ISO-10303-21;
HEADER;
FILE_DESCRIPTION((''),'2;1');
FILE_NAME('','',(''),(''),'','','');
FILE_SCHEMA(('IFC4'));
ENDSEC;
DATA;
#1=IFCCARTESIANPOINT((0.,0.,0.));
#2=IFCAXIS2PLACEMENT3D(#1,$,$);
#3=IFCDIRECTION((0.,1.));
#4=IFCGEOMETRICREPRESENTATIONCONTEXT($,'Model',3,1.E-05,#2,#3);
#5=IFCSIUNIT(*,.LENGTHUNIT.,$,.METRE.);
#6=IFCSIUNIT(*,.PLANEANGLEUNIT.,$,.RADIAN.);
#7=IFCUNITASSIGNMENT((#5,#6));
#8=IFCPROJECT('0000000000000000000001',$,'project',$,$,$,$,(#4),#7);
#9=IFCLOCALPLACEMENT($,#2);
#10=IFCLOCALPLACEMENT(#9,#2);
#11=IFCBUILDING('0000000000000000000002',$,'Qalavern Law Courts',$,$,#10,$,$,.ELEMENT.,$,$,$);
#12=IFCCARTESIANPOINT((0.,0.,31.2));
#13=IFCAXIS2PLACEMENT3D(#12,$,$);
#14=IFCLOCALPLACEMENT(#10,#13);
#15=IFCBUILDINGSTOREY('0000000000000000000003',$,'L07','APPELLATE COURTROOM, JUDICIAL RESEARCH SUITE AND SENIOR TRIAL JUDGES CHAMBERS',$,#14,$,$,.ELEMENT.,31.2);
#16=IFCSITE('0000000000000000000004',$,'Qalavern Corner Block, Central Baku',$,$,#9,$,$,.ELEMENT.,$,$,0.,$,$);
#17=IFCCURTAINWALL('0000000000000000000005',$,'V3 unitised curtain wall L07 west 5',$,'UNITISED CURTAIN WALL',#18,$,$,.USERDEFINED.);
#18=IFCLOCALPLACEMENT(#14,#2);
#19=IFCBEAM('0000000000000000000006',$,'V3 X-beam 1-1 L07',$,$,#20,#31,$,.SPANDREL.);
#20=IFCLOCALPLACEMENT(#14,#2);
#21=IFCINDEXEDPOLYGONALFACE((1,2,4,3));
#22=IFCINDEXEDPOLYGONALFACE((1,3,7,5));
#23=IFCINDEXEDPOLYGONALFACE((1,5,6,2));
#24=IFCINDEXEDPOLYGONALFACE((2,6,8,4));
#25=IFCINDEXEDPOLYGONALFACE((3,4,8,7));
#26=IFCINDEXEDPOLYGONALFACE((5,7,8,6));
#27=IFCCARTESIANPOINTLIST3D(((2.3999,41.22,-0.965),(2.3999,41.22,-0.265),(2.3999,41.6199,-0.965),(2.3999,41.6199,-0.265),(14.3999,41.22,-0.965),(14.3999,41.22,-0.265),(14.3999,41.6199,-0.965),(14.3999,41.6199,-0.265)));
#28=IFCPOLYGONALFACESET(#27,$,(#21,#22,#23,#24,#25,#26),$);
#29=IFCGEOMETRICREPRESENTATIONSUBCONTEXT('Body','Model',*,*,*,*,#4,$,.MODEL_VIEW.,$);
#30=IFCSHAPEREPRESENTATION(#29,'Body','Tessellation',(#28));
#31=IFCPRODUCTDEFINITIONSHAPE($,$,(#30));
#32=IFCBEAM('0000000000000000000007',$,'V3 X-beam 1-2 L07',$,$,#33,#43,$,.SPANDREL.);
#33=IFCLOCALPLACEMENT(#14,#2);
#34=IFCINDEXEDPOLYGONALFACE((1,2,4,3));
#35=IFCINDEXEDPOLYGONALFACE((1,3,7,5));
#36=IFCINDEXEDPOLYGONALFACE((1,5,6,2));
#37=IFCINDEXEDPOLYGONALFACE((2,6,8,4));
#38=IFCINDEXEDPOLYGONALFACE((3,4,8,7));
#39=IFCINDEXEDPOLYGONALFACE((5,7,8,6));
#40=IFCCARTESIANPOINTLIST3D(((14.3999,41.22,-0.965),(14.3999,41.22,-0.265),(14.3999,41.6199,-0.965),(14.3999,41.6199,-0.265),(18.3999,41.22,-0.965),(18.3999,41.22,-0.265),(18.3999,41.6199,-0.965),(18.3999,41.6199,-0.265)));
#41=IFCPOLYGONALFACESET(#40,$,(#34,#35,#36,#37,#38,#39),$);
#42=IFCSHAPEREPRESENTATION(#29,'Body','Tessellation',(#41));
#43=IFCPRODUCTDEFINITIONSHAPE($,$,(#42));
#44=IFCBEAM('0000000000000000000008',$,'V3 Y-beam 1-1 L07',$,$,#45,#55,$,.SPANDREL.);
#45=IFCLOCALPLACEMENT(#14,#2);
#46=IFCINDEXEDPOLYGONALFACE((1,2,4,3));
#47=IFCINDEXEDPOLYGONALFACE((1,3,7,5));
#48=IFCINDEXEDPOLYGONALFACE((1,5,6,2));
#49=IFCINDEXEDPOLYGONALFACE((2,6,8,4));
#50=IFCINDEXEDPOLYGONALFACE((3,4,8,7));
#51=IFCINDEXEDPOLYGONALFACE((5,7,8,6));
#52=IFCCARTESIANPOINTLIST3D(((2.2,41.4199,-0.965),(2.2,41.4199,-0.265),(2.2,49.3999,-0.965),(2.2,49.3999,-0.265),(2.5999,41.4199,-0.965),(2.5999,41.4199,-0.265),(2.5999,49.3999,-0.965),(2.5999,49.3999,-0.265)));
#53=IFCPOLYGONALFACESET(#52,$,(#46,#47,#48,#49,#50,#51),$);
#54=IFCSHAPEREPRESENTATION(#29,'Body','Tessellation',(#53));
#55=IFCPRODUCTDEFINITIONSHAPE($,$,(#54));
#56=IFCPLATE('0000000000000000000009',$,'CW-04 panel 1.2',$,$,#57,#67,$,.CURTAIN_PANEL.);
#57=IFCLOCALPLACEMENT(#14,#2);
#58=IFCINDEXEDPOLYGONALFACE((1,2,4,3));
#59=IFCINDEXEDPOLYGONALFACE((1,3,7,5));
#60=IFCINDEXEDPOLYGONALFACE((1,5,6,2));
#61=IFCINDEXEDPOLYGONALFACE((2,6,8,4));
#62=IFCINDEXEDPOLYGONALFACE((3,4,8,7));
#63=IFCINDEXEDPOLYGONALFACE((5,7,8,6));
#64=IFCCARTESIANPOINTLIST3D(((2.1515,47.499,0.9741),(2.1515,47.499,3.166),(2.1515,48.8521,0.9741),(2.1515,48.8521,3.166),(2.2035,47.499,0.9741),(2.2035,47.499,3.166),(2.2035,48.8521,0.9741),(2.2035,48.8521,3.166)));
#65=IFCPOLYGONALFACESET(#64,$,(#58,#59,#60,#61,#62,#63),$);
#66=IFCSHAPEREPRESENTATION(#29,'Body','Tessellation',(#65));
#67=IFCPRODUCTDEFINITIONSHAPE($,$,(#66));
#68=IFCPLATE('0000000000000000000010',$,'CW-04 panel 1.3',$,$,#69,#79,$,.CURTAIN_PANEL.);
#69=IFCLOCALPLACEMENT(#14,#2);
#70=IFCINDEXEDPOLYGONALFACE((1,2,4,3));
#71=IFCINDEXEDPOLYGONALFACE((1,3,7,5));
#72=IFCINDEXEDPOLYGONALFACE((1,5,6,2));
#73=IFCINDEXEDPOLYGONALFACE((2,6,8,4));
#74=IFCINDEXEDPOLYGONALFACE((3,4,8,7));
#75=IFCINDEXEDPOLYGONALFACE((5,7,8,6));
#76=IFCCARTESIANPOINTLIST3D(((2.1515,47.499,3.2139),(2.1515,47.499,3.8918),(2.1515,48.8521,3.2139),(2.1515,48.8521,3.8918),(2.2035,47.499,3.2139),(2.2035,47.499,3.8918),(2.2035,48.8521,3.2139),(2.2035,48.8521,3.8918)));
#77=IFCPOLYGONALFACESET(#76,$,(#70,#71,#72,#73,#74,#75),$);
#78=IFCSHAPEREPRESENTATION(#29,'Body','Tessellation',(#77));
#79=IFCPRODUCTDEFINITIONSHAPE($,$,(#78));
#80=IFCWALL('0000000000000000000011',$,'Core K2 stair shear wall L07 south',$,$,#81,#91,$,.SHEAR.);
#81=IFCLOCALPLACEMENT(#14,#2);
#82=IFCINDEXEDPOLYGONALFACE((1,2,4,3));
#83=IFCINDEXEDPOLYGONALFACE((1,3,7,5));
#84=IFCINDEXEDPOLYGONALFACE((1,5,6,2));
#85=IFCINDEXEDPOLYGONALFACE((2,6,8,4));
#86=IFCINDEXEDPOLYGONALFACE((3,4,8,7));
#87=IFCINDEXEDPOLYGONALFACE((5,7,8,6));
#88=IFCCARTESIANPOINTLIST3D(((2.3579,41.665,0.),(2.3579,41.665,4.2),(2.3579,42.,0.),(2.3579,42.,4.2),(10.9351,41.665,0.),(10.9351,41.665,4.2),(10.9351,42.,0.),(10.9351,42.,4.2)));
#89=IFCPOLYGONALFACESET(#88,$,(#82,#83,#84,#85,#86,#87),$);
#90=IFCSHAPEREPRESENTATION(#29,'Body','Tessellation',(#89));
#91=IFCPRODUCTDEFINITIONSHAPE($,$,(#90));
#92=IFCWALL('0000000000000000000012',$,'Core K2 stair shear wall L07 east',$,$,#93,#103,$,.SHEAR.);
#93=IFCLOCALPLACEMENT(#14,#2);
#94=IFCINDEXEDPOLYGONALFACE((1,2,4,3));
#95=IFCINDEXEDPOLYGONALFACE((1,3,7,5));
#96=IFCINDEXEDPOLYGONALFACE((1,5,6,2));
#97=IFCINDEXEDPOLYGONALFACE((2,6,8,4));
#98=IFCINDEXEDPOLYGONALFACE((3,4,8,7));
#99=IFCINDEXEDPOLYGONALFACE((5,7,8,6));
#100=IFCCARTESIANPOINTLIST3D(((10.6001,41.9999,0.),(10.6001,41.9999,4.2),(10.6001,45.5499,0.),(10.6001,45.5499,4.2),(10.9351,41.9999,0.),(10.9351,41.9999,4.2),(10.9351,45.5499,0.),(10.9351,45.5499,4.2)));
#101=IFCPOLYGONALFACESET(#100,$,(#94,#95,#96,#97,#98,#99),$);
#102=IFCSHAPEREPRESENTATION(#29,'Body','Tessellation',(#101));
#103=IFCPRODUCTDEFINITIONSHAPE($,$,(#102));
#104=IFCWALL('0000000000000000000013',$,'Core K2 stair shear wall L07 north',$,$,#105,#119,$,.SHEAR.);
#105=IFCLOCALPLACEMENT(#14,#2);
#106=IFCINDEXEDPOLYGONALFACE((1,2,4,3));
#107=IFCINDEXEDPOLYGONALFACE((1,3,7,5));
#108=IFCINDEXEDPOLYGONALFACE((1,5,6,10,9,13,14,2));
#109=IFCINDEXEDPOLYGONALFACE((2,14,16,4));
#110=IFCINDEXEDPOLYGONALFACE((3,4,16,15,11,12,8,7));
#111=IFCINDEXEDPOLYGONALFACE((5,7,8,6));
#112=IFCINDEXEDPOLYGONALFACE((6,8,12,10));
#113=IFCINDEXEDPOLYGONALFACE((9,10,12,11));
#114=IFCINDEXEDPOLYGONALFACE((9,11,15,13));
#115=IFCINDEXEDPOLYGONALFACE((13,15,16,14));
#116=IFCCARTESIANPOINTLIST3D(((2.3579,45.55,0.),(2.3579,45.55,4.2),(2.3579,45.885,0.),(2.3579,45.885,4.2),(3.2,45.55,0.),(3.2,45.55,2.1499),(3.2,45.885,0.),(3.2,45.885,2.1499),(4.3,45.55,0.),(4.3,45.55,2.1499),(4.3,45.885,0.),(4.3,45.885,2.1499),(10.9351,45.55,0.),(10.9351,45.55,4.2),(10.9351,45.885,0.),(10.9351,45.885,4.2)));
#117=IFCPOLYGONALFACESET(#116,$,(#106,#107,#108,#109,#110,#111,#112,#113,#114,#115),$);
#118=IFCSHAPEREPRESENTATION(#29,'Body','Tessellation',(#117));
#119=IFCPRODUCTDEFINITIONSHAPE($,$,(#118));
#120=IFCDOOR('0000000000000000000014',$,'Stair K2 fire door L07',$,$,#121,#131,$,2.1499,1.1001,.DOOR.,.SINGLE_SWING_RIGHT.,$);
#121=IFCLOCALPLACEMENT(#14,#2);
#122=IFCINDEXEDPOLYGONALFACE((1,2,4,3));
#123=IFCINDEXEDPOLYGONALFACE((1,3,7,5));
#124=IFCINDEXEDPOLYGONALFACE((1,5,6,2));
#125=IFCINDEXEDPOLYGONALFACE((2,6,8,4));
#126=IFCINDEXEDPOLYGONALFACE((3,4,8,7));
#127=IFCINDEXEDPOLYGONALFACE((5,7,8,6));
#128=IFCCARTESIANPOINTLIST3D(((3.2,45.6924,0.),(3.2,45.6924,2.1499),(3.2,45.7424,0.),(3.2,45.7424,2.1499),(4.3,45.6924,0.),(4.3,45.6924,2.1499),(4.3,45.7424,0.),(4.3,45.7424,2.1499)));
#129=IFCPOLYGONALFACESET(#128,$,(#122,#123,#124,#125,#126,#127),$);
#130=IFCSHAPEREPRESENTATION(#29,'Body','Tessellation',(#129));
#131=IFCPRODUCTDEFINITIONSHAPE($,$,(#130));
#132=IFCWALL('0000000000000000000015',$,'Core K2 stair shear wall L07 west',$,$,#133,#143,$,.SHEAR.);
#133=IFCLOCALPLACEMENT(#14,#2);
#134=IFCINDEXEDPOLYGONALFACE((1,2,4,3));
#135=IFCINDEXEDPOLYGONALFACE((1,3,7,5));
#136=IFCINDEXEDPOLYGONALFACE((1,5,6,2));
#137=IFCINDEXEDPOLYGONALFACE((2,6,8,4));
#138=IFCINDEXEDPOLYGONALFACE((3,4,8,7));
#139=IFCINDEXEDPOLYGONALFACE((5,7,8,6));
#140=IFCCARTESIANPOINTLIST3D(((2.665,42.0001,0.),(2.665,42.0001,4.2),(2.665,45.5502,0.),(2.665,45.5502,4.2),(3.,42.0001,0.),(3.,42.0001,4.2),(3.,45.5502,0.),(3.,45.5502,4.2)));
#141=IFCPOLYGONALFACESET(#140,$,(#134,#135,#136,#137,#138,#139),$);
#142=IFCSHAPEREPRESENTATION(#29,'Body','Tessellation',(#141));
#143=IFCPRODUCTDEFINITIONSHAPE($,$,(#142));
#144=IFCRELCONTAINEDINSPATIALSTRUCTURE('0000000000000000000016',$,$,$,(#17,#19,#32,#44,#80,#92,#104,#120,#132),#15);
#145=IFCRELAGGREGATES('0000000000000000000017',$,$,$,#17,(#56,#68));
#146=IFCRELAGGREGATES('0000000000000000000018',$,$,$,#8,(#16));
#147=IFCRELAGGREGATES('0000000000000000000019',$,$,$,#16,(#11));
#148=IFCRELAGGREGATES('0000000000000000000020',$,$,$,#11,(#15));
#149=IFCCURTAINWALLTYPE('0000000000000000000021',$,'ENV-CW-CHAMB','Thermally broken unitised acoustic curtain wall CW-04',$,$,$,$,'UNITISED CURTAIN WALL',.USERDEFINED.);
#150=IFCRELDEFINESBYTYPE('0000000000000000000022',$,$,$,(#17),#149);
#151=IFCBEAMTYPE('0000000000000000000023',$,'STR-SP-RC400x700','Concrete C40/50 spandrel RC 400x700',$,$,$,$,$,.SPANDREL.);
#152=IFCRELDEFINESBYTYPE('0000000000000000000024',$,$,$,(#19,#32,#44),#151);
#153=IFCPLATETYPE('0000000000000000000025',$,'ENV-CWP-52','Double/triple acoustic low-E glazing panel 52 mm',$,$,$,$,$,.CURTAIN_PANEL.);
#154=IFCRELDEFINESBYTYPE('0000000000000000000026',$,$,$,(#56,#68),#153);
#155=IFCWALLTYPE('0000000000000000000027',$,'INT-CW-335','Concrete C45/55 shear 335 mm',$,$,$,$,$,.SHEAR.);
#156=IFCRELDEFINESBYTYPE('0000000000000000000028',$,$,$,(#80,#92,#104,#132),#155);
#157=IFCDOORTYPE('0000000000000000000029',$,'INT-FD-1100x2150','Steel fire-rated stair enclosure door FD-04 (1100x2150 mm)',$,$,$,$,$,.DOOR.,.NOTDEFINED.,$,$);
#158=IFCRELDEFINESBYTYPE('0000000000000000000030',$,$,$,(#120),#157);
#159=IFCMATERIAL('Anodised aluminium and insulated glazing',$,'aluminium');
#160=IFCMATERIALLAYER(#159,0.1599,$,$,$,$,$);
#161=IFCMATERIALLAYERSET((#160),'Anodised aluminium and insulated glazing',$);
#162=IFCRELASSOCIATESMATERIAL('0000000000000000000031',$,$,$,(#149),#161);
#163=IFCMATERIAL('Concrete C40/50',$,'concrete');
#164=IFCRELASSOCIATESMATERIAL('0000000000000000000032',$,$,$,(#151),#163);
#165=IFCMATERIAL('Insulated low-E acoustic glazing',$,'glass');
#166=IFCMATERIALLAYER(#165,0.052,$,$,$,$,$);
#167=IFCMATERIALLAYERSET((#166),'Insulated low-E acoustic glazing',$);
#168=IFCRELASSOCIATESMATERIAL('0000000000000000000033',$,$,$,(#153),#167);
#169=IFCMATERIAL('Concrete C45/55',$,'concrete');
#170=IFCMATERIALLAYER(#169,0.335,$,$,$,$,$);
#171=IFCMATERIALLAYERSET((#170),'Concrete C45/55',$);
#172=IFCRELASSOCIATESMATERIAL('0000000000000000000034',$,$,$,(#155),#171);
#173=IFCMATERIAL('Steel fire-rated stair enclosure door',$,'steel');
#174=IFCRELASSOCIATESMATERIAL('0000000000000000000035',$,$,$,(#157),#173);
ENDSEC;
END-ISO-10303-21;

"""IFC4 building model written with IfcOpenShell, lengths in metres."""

from ifc_helpers import new_model, si_unit, direction, frame, frame_2d, origin, origin_2d, place, context, subcontext, project, spatial, rectangle, extrude, material, layer, layer_set, material_profile, profile_set, type_object, element, fill, aggregate, save


model = new_model("IFC4")

# Units and contexts
model_context = context("Model", 3, precision=1e-05, world=origin(), true_north=direction((0.0, 1.0)))
body_context = subcontext(model_context, "Body", "Model", "MODEL_VIEW")
ifc_project = project(units=[si_unit("LENGTHUNIT", "METRE"), si_unit("PLANEANGLEUNIT", "RADIAN")], contexts=[model_context])

# Site, building, storey
site_placement = place(None, origin())
site = spatial("IfcSite", under=ifc_project, at=site_placement, Name="Qalavern Corner Block, Central Baku", CompositionType="ELEMENT", RefElevation=0.0)
building_placement = place(site_placement, origin())
building = spatial("IfcBuilding", under=site, at=building_placement, Name="Qalavern Law Courts", CompositionType="ELEMENT")
storey_placement = place(building_placement, frame((0.0, 0.0, 31.2)))
storey = spatial("IfcBuildingStorey", under=building, at=storey_placement, Name="L07", Description="APPELLATE COURTROOM, JUDICIAL RESEARCH SUITE AND SENIOR TRIAL JUDGES CHAMBERS", CompositionType="ELEMENT", Elevation=31.2)

# Shared definitions
ifc_material_1 = material(Name="Concrete C45/55", Category="concrete")

# Curtain wall
ifc_material_2 = material(Name="Anodised aluminium and insulated glazing", Category="aluminium")
ifc_layer_1 = layer(ifc_material_2, 0.1599)
ifc_layer_set_1 = layer_set([ifc_layer_1], Name="Anodised aluminium and insulated glazing")
curtain_wall_type = type_object("IfcCurtainWallType", Name="ENV-CW-CHAMB", Description="Thermally broken unitised acoustic curtain wall CW-04", ElementType="UNITISED CURTAIN WALL", PredefinedType="USERDEFINED", material=ifc_layer_set_1)
curtain_wall_placement = place(storey_placement, origin())
curtain_wall = element("IfcCurtainWall", 1, at=curtain_wall_placement, inside=storey, type_object=curtain_wall_type, Name="V3 unitised curtain wall L07 west 5", ObjectType="UNITISED CURTAIN WALL", PredefinedType="USERDEFINED")

# Beams
ifc_material_3 = material(Name="Concrete C40/50", Category="concrete")
ifc_material_profile_1 = material_profile(ifc_material_3, rectangle(XDim=0.3999, YDim=0.7, at=origin_2d()), Name="RC 400x700")
ifc_profile_set_1 = profile_set([ifc_material_profile_1], Name="Concrete C40/50")
beam_type_1 = type_object("IfcBeamType", Name="STR-SP-RC400x700", Description="Concrete C40/50 spandrel RC 400x700", PredefinedType="SPANDREL", material=ifc_profile_set_1)
beam_1_placement = place(storey_placement, frame((2.3999, 41.4199, -0.615), z_axis=(1.0, 0.0, 0.0), x_axis=(0.0, 1.0, 0.0)))
element("IfcBeam", 2, at=beam_1_placement, inside=storey, type_object=beam_type_1, Name="V3 X-beam 1-1 L07", PredefinedType="SPANDREL", context=body_context, shape_type="SweptSolid", body=[
    extrude(rectangle(XDim=0.3999, YDim=0.7, at=origin_2d()), origin(), (0.0, 0.0, 1.0), 12.0),
])
beam_2_placement = place(storey_placement, frame((14.3999, 41.4199, -0.615), z_axis=(1.0, 0.0, 0.0), x_axis=(0.0, 1.0, 0.0)))
element("IfcBeam", 3, at=beam_2_placement, inside=storey, type_object=beam_type_1, Name="V3 X-beam 1-2 L07", PredefinedType="SPANDREL", context=body_context, shape_type="SweptSolid", body=[
    extrude(rectangle(XDim=0.3999, YDim=0.7, at=origin_2d()), origin(), (0.0, 0.0, 1.0), 4.0),
])
beam_3_placement = place(storey_placement, frame((2.3999, 41.4199, -0.615), z_axis=(0.0, 1.0, 0.0), x_axis=(-1.0, 0.0, 0.0)))
element("IfcBeam", 4, at=beam_3_placement, inside=storey, type_object=beam_type_1, Name="V3 Y-beam 1-1 L07", PredefinedType="SPANDREL", context=body_context, shape_type="SweptSolid", body=[
    extrude(rectangle(XDim=0.3999, YDim=0.7, at=origin_2d()), origin(), (0.0, 0.0, 1.0), 7.98),
])

# Plates
ifc_material_4 = material(Name="Insulated low-E acoustic glazing", Category="glass")
ifc_layer_2 = layer(ifc_material_4, 0.052)
ifc_layer_set_2 = layer_set([ifc_layer_2], Name="Insulated low-E acoustic glazing")
plate_type = type_object("IfcPlateType", Name="ENV-CWP-52", Description="Double/triple acoustic low-E glazing panel 52 mm", PredefinedType="CURTAIN_PANEL", material=ifc_layer_set_2)
plate_1_placement = place(storey_placement, frame((2.1775, 48.1755, 0.9741), z_axis=(0.0, 0.0, 1.0), x_axis=(0.0, -1.0, 0.0)))
plate_1 = element("IfcPlate", 5, at=plate_1_placement, type_object=plate_type, Name="CW-04 panel 1.2", PredefinedType="CURTAIN_PANEL", context=body_context, shape_type="SweptSolid", body=[
    extrude(rectangle(XDim=1.353, YDim=0.052, at=origin_2d()), origin(), (0.0, 0.0, 1.0), 2.1919),
])
plate_2_placement = place(storey_placement, frame((2.1775, 48.1755, 3.2139), z_axis=(0.0, 0.0, 1.0), x_axis=(0.0, -1.0, 0.0)))
plate_2 = element("IfcPlate", 6, at=plate_2_placement, type_object=plate_type, Name="CW-04 panel 1.3", PredefinedType="CURTAIN_PANEL", context=body_context, shape_type="SweptSolid", body=[
    extrude(rectangle(XDim=1.353, YDim=0.052, at=origin_2d()), origin(), (0.0, 0.0, 1.0), 0.678),
])
aggregate(curtain_wall, [plate_1, plate_2])

# Walls
ifc_layer_3 = layer(ifc_material_1, 0.335)
ifc_layer_set_3 = layer_set([ifc_layer_3], Name="Concrete C45/55")
wall_type_1 = type_object("IfcWallType", Name="INT-CW-335", Description="Concrete C45/55 shear 335 mm", PredefinedType="SHEAR", material=ifc_layer_set_3)
wall_1_placement = place(storey_placement, frame((2.3579, 41.8325, 0.0), z_axis=(0.0, 0.0, 1.0), x_axis=(1.0, 0.0, 0.0)))
element("IfcWall", 7, at=wall_1_placement, inside=storey, type_object=wall_type_1, Name="Core K2 stair shear wall L07 south", PredefinedType="SHEAR", context=body_context, shape_type="SweptSolid", body=[
    extrude(rectangle(XDim=8.5771, YDim=0.335, at=frame_2d((4.2886, 0.0))), origin(), (0.0, 0.0, 1.0), 4.2),
])
wall_2_placement = place(storey_placement, frame((10.7676, 42.0, 0.0), z_axis=(0.0, 0.0, 1.0), x_axis=(0.0, 1.0, 0.0)))
element("IfcWall", 8, at=wall_2_placement, inside=storey, type_object=wall_type_1, Name="Core K2 stair shear wall L07 east", PredefinedType="SHEAR", context=body_context, shape_type="SweptSolid", body=[
    extrude(rectangle(XDim=3.55, YDim=0.335, at=frame_2d((1.7749, 0.0))), origin(), (0.0, 0.0, 1.0), 4.2),
])

# Wall, opening, door
wall_3_placement = place(storey_placement, frame((10.9351, 45.7175, 0.0), z_axis=(0.0, 0.0, 1.0), x_axis=(-1.0, 0.0, 0.0)))
wall_3 = element("IfcWall", 9, at=wall_3_placement, inside=storey, type_object=wall_type_1, Name="Core K2 stair shear wall L07 north", PredefinedType="SHEAR", context=body_context, shape_type="SweptSolid", body=[
    extrude(rectangle(XDim=8.5771, YDim=0.335, at=frame_2d((4.2886, 0.0))), origin(), (0.0, 0.0, 1.0), 4.2),
])
opening_1_placement = place(wall_3_placement, frame((6.635, 0.0, 0.0)))
opening_1 = element("IfcOpeningElement", 10, at=opening_1_placement, cuts=wall_3, PredefinedType="OPENING", context=body_context, shape_type="SweptSolid", body=[
    extrude(rectangle(XDim=1.1001, YDim=2.1499, at=frame_2d((0.55, 1.075))), frame((0.0, 0.1824, 0.0), z_axis=(0.0, -1.0, 0.0), x_axis=(1.0, 0.0, 0.0)), (0.0, 0.0, 1.0), 0.3647),
])
ifc_material_5 = material(Name="Steel fire-rated stair enclosure door", Category="steel")
door_type_1 = type_object("IfcDoorType", Name="INT-FD-1100x2150", Description="Steel fire-rated stair enclosure door FD-04 (1100x2150 mm)", OperationType="NOTDEFINED", PredefinedType="DOOR", material=ifc_material_5)
door_1_placement = place(opening_1_placement, frame((1.1001, 0.0, 0.0), z_axis=(0.0, 0.0, 1.0), x_axis=(-1.0, 0.0, 0.0)))
door_1 = element("IfcDoor", 11, at=door_1_placement, inside=storey, type_object=door_type_1, Name="Stair K2 fire door L07", OperationType="SINGLE_SWING_RIGHT", OverallHeight=2.1499, OverallWidth=1.1001, PredefinedType="DOOR", context=body_context, shape_type="SweptSolid", body=[
    extrude(rectangle(XDim=1.1001, YDim=2.1499, at=frame_2d((0.55, 1.075))), frame((0.0, 0.0249, 0.0), z_axis=(0.0, -1.0, 0.0), x_axis=(1.0, 0.0, 0.0)), (0.0, 0.0, 1.0), 0.05),
])
fill(opening_1, door_1)

# Wall
wall_4_placement = place(storey_placement, frame((2.8325, 45.55, 0.0), z_axis=(0.0, 0.0, 1.0), x_axis=(0.0, -1.0, 0.0)))
element("IfcWall", 12, at=wall_4_placement, inside=storey, type_object=wall_type_1, Name="Core K2 stair shear wall L07 west", PredefinedType="SHEAR", context=body_context, shape_type="SweptSolid", body=[
    extrude(rectangle(XDim=3.55, YDim=0.335, at=frame_2d((1.7749, 0.0))), origin(), (0.0, 0.0, 1.0), 4.2),
])

save(model, "model.ifc")
